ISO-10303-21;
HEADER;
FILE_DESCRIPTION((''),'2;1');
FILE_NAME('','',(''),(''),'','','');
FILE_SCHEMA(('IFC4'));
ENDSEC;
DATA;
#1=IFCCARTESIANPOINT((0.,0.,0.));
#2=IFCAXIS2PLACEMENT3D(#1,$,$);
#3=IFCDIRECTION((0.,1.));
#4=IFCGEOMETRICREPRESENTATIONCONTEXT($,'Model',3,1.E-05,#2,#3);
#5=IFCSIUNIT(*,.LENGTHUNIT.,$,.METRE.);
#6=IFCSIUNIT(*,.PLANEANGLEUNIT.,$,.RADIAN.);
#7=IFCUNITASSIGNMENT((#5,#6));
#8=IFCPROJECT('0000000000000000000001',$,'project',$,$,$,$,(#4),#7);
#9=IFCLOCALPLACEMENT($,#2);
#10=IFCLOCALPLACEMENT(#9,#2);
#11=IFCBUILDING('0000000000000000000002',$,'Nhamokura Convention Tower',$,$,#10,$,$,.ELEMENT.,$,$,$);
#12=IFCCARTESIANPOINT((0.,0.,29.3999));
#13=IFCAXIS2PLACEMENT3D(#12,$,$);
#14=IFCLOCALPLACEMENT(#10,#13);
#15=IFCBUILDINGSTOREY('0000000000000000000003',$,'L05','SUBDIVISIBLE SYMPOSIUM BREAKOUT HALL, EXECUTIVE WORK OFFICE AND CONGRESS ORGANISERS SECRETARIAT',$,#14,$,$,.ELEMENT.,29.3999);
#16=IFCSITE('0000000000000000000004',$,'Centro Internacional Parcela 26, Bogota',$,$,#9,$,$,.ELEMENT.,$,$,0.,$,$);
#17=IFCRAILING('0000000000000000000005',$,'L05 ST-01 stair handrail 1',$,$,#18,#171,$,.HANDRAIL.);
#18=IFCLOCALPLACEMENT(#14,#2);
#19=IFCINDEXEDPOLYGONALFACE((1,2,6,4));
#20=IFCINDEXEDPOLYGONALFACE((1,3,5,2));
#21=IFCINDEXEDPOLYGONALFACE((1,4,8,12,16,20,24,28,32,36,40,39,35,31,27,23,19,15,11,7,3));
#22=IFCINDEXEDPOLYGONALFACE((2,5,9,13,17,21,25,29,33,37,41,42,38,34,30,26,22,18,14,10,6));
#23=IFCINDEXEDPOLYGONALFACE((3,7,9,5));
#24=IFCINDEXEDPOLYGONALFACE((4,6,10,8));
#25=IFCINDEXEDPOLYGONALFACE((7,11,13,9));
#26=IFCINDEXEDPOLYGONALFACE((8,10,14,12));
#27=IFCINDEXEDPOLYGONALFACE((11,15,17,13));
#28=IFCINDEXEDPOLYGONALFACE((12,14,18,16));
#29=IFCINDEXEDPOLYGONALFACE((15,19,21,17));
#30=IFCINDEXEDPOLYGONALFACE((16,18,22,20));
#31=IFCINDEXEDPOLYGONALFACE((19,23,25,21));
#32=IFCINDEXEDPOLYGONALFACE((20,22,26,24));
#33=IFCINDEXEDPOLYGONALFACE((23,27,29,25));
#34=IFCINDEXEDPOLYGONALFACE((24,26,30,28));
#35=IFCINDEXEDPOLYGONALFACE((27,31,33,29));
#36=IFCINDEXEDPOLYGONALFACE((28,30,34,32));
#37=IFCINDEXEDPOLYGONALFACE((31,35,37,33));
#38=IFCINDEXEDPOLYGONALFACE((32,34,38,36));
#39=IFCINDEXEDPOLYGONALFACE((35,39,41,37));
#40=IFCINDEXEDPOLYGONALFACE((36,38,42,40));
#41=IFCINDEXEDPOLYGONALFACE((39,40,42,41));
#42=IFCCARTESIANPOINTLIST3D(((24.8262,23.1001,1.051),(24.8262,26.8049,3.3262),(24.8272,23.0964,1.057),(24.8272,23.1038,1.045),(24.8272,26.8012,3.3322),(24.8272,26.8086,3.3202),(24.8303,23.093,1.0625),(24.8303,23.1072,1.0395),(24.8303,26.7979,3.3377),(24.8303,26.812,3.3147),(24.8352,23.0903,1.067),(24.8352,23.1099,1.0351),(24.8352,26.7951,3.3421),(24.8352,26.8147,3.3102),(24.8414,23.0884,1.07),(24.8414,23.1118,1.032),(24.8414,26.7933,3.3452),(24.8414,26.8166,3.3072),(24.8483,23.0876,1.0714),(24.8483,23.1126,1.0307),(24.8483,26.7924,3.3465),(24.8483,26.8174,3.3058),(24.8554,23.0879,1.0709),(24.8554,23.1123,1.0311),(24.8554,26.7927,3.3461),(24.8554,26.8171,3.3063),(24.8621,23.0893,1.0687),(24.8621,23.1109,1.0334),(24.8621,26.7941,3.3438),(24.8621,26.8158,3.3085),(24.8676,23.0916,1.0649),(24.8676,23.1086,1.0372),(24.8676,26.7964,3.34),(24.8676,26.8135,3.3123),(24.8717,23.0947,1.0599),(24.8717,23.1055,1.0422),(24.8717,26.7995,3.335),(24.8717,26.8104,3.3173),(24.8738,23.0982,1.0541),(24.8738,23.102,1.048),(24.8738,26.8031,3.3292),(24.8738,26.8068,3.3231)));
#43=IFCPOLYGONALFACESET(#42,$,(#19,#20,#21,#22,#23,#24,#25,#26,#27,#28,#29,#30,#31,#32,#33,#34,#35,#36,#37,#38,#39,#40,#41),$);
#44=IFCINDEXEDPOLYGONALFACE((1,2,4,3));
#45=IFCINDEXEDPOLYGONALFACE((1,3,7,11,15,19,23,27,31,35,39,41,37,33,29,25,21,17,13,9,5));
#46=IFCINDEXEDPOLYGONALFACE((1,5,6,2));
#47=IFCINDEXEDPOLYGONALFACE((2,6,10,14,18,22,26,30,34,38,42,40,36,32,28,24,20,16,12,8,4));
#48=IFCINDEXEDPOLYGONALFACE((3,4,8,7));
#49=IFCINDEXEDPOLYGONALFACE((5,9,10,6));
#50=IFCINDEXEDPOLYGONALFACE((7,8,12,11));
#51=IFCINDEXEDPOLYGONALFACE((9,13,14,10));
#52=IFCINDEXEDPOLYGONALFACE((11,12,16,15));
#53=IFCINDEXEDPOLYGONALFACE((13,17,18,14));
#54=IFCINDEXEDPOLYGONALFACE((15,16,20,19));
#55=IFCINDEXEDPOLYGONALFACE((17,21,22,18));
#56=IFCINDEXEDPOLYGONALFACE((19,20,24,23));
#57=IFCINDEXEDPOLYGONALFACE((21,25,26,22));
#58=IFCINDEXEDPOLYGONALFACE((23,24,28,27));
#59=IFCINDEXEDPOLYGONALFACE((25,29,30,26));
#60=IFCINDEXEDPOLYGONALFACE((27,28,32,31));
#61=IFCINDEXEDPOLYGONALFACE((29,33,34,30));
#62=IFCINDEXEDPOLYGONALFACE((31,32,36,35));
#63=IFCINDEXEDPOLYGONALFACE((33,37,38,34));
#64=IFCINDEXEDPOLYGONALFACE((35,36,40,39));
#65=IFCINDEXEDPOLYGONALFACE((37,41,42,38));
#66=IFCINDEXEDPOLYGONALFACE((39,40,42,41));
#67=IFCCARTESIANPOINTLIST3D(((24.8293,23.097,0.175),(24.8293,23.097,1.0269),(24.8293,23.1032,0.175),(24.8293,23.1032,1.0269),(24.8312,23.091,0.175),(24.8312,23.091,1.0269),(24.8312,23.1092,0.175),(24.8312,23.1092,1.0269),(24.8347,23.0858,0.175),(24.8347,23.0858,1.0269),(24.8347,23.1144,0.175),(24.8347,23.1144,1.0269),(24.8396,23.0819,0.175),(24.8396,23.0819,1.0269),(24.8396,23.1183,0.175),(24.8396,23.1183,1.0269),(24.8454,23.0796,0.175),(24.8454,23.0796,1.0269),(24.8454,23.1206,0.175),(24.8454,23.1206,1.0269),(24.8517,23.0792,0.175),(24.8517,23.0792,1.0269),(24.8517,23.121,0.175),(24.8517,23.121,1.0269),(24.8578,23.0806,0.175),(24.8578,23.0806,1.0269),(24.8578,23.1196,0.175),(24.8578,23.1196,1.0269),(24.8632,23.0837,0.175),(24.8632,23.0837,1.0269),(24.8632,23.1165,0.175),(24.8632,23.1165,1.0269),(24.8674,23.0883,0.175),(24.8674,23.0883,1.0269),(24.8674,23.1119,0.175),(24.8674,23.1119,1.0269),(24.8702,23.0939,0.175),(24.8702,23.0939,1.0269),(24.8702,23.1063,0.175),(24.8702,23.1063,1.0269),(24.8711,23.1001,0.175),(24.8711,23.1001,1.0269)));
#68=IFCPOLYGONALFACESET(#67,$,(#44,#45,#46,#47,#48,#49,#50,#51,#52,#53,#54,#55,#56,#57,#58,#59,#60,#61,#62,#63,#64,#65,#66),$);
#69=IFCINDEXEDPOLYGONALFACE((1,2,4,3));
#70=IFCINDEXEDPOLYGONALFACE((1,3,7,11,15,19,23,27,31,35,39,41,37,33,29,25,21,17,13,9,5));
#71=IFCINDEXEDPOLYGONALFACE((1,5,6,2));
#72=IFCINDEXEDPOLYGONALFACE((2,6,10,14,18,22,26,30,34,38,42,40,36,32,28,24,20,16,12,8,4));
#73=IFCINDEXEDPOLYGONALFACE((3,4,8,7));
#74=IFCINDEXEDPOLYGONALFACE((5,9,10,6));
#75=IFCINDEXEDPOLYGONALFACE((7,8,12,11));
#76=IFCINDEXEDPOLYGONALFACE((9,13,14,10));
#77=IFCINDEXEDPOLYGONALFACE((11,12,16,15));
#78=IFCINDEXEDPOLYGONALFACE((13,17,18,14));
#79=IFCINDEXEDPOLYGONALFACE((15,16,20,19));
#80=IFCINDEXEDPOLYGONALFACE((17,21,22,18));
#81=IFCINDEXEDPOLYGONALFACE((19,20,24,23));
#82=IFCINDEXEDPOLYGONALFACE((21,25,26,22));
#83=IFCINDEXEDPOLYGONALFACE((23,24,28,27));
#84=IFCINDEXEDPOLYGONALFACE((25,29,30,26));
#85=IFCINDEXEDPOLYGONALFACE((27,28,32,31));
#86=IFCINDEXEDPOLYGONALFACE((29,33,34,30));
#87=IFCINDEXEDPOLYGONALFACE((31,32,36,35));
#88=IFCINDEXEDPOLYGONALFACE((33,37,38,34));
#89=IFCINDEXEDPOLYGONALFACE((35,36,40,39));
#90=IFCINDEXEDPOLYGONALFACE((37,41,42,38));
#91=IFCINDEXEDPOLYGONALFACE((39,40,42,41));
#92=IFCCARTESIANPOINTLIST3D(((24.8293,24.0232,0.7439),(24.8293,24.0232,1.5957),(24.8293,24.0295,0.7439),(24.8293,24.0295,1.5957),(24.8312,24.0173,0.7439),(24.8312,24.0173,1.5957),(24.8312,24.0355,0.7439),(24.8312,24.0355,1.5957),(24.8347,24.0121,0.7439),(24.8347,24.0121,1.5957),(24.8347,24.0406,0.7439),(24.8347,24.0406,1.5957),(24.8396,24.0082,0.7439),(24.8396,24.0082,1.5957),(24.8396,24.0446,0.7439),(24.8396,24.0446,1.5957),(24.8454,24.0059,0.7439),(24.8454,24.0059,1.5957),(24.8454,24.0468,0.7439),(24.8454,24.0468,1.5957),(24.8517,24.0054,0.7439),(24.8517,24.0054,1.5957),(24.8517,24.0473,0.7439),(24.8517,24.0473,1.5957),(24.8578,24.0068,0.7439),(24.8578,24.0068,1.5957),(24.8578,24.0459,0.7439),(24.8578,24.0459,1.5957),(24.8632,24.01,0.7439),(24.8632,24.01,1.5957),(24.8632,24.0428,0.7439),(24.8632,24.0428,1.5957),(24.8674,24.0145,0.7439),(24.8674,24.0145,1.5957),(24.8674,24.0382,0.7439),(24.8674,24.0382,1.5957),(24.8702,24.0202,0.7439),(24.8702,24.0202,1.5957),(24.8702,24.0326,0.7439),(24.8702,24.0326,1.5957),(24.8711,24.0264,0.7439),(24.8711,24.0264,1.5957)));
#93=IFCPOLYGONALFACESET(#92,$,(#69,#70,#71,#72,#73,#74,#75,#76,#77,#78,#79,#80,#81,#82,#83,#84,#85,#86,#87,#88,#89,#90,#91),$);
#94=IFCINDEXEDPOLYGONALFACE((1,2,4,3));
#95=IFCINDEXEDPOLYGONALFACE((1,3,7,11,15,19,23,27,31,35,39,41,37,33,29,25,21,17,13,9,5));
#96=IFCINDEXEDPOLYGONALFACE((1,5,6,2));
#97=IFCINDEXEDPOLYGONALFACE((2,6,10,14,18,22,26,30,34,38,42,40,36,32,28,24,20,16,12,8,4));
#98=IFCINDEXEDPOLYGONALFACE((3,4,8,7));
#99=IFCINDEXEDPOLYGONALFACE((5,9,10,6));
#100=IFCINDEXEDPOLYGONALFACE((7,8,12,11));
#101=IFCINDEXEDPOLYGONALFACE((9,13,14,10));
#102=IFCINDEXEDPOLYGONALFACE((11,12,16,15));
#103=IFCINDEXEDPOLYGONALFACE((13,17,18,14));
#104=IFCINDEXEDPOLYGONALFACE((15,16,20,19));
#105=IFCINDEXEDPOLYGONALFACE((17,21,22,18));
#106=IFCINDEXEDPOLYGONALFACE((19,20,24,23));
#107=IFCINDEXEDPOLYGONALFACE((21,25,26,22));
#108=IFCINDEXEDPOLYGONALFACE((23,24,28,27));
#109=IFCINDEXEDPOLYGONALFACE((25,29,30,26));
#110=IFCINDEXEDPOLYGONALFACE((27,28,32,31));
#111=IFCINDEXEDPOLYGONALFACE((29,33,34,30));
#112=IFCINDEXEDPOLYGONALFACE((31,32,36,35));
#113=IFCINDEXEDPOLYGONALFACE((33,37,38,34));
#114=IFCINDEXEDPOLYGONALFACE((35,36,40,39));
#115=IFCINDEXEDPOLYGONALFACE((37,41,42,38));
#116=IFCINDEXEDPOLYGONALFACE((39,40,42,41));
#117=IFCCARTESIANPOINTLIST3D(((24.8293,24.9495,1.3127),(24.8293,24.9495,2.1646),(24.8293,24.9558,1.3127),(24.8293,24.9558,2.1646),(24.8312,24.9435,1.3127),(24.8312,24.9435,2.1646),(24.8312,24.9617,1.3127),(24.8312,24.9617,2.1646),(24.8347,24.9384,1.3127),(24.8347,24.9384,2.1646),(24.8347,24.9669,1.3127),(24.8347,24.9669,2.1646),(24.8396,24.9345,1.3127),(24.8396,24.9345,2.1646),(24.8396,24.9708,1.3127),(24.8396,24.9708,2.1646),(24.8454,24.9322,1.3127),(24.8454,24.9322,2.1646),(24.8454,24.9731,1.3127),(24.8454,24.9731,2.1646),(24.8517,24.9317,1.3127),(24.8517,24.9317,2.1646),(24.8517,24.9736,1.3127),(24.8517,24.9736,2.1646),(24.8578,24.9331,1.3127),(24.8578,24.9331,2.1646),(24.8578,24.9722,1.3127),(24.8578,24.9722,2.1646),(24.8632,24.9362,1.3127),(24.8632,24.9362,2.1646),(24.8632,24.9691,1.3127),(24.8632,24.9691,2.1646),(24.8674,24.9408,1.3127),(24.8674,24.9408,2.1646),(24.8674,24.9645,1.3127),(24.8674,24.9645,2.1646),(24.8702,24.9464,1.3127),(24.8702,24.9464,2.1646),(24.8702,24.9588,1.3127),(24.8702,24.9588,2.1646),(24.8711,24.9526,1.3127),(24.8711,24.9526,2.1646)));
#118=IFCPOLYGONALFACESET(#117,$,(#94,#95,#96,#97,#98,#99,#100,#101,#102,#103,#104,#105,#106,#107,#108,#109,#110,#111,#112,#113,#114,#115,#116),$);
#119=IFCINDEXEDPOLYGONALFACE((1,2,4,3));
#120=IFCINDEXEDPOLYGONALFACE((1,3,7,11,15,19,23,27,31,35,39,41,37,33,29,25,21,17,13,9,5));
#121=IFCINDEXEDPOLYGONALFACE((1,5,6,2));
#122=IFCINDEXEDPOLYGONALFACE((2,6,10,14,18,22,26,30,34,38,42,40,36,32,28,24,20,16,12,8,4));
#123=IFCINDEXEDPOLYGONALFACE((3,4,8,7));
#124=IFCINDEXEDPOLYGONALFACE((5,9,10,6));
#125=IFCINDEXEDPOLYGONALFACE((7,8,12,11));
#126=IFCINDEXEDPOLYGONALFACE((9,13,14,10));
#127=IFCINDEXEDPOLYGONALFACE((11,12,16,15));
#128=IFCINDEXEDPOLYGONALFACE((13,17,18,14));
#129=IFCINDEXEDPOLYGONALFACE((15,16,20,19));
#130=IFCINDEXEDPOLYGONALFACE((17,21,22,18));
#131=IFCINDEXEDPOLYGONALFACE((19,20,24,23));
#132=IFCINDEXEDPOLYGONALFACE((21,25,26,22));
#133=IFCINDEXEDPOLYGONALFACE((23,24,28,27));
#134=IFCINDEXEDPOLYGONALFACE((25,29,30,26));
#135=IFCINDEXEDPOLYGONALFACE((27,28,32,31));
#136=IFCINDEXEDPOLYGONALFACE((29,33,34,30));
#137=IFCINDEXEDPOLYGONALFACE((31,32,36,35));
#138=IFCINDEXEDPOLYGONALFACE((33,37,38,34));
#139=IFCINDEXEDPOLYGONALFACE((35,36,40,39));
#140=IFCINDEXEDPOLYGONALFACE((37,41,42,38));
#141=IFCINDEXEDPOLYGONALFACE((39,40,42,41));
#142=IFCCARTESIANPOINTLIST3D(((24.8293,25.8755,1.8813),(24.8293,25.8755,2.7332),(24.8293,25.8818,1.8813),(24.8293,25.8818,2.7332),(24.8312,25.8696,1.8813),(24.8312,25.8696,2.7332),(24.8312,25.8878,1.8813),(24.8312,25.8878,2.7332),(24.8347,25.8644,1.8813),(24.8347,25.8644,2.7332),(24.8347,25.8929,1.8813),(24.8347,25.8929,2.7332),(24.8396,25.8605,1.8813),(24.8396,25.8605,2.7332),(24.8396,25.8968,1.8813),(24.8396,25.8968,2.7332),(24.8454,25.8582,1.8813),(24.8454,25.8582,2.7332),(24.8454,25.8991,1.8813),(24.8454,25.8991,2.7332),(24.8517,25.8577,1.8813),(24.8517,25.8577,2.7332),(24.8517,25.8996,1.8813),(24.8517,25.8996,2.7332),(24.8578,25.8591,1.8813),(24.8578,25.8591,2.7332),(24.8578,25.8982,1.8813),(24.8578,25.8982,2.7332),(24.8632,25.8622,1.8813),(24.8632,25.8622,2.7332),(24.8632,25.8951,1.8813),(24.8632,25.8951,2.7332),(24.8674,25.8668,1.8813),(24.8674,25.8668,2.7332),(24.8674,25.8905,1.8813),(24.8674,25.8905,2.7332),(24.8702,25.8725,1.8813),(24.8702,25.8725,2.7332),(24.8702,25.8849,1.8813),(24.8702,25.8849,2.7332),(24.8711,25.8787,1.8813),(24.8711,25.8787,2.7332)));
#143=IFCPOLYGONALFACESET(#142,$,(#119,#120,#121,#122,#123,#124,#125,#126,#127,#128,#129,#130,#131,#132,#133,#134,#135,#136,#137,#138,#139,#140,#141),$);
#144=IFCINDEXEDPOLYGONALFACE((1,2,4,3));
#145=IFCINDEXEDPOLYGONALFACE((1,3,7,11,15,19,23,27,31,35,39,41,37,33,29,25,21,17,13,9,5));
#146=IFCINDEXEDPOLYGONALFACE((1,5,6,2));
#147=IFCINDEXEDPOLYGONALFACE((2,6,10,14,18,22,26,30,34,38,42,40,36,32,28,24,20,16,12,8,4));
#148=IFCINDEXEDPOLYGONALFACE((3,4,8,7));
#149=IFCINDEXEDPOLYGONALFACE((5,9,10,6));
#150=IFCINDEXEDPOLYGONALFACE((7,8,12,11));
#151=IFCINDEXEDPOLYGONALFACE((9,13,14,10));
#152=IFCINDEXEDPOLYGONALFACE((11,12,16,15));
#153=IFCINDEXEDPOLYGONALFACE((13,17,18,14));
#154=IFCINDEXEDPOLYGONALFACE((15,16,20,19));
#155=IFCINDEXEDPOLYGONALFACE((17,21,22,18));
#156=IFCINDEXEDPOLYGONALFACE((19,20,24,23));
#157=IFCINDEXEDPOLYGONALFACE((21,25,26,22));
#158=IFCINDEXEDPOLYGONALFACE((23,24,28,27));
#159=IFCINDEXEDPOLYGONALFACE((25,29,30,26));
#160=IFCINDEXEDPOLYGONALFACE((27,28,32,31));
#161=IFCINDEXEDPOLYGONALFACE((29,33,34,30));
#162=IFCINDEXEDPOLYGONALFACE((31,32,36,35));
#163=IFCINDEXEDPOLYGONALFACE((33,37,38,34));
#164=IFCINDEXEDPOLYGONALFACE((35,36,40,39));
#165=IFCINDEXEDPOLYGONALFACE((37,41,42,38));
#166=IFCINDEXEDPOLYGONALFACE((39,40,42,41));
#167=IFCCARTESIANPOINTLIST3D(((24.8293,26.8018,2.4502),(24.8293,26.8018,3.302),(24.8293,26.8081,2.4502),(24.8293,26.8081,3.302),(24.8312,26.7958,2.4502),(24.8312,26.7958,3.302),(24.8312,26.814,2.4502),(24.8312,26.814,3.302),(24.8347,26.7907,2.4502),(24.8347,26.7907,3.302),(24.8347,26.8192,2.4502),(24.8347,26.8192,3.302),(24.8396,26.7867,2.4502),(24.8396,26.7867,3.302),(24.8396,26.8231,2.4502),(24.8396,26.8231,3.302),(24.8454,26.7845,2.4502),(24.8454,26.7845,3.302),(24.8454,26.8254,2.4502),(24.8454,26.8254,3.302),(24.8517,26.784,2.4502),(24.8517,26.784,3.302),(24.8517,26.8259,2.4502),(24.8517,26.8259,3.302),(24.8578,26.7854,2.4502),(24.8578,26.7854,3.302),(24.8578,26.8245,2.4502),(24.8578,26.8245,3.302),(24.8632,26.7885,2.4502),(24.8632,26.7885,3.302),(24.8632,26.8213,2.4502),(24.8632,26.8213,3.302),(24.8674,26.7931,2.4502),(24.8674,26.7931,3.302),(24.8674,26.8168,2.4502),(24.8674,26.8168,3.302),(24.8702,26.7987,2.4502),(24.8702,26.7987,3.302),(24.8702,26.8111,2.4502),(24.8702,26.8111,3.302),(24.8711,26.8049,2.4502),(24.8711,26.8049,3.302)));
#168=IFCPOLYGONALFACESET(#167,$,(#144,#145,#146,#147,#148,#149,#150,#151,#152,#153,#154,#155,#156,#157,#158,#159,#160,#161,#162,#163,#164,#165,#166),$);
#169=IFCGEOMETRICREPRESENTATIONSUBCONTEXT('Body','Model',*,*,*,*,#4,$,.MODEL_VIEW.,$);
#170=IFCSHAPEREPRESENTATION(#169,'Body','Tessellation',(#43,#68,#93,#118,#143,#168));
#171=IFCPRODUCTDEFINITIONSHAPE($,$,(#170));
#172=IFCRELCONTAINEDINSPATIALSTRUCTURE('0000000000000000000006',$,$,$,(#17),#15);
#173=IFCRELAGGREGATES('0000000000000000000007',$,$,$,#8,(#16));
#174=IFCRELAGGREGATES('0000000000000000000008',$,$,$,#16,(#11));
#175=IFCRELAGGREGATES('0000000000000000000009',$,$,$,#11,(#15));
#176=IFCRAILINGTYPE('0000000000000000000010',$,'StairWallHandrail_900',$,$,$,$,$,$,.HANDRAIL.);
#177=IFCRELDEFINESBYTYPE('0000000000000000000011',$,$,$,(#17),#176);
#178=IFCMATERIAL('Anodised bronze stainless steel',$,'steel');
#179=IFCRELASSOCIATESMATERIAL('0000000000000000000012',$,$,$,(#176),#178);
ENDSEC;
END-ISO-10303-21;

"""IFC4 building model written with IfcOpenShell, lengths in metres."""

from ifc_helpers import new_model, si_unit, direction, frame, origin, origin_2d, place, context, subcontext, project, spatial, circle, extrude, material, type_object, element, save


model = new_model("IFC4")

# Units and contexts
model_context = context("Model", 3, precision=1e-05, world=origin(), true_north=direction((0.0, 1.0)))
body_context = subcontext(model_context, "Body", "Model", "MODEL_VIEW")
ifc_project = project(units=[si_unit("LENGTHUNIT", "METRE"), si_unit("PLANEANGLEUNIT", "RADIAN")], contexts=[model_context])

# Site, building, storey
site_placement = place(None, origin())
site = spatial("IfcSite", under=ifc_project, at=site_placement, Name="Centro Internacional Parcela 26, Bogota", CompositionType="ELEMENT", RefElevation=0.0)
building_placement = place(site_placement, origin())
building = spatial("IfcBuilding", under=site, at=building_placement, Name="Nhamokura Convention Tower", CompositionType="ELEMENT")
storey_placement = place(building_placement, frame((0.0, 0.0, 29.3999)))
storey = spatial("IfcBuildingStorey", under=building, at=storey_placement, Name="L05", Description="SUBDIVISIBLE SYMPOSIUM BREAKOUT HALL, EXECUTIVE WORK OFFICE AND CONGRESS ORGANISERS SECRETARIAT", CompositionType="ELEMENT", Elevation=29.3999)

# Railing
ifc_material_1 = material(Name="Anodised bronze stainless steel", Category="steel")
railing_type_1 = type_object("IfcRailingType", Name="StairWallHandrail_900", PredefinedType="HANDRAIL", material=ifc_material_1)
railing_1_placement = place(storey_placement, frame((24.8501, 23.1001, 0.175)))
element("IfcRailing", 1, at=railing_1_placement, inside=storey, type_object=railing_type_1, Name="L05 ST-01 stair handrail 1", PredefinedType="HANDRAIL", context=body_context, shape_type="SweptSolid", body=[
    extrude(circle(Radius=0.0239, at=origin_2d()), frame((0.0, 0.0, 0.876), z_axis=(0.0, 0.852146, 0.523305), x_axis=(-1.0, 0.0, 0.0)), (0.0, 0.0, 1.0), 4.3477),
    extrude(circle(Radius=0.021, at=origin_2d()), origin(), (0.0, 0.0, 1.0), 0.8518),
    extrude(circle(Radius=0.021, at=origin_2d()), frame((0.0, 0.9263, 0.5688)), (0.0, 0.0, 1.0), 0.8518),
    extrude(circle(Radius=0.021, at=origin_2d()), frame((0.0, 1.8525, 1.1377)), (0.0, 0.0, 1.0), 0.8518),
    extrude(circle(Radius=0.021, at=origin_2d()), frame((0.0, 2.7786, 1.7063)), (0.0, 0.0, 1.0), 0.8518),
    extrude(circle(Radius=0.021, at=origin_2d()), frame((0.0, 3.7048, 2.2751)), (0.0, 0.0, 1.0), 0.8518),
])

save(model, "model.ifc")
